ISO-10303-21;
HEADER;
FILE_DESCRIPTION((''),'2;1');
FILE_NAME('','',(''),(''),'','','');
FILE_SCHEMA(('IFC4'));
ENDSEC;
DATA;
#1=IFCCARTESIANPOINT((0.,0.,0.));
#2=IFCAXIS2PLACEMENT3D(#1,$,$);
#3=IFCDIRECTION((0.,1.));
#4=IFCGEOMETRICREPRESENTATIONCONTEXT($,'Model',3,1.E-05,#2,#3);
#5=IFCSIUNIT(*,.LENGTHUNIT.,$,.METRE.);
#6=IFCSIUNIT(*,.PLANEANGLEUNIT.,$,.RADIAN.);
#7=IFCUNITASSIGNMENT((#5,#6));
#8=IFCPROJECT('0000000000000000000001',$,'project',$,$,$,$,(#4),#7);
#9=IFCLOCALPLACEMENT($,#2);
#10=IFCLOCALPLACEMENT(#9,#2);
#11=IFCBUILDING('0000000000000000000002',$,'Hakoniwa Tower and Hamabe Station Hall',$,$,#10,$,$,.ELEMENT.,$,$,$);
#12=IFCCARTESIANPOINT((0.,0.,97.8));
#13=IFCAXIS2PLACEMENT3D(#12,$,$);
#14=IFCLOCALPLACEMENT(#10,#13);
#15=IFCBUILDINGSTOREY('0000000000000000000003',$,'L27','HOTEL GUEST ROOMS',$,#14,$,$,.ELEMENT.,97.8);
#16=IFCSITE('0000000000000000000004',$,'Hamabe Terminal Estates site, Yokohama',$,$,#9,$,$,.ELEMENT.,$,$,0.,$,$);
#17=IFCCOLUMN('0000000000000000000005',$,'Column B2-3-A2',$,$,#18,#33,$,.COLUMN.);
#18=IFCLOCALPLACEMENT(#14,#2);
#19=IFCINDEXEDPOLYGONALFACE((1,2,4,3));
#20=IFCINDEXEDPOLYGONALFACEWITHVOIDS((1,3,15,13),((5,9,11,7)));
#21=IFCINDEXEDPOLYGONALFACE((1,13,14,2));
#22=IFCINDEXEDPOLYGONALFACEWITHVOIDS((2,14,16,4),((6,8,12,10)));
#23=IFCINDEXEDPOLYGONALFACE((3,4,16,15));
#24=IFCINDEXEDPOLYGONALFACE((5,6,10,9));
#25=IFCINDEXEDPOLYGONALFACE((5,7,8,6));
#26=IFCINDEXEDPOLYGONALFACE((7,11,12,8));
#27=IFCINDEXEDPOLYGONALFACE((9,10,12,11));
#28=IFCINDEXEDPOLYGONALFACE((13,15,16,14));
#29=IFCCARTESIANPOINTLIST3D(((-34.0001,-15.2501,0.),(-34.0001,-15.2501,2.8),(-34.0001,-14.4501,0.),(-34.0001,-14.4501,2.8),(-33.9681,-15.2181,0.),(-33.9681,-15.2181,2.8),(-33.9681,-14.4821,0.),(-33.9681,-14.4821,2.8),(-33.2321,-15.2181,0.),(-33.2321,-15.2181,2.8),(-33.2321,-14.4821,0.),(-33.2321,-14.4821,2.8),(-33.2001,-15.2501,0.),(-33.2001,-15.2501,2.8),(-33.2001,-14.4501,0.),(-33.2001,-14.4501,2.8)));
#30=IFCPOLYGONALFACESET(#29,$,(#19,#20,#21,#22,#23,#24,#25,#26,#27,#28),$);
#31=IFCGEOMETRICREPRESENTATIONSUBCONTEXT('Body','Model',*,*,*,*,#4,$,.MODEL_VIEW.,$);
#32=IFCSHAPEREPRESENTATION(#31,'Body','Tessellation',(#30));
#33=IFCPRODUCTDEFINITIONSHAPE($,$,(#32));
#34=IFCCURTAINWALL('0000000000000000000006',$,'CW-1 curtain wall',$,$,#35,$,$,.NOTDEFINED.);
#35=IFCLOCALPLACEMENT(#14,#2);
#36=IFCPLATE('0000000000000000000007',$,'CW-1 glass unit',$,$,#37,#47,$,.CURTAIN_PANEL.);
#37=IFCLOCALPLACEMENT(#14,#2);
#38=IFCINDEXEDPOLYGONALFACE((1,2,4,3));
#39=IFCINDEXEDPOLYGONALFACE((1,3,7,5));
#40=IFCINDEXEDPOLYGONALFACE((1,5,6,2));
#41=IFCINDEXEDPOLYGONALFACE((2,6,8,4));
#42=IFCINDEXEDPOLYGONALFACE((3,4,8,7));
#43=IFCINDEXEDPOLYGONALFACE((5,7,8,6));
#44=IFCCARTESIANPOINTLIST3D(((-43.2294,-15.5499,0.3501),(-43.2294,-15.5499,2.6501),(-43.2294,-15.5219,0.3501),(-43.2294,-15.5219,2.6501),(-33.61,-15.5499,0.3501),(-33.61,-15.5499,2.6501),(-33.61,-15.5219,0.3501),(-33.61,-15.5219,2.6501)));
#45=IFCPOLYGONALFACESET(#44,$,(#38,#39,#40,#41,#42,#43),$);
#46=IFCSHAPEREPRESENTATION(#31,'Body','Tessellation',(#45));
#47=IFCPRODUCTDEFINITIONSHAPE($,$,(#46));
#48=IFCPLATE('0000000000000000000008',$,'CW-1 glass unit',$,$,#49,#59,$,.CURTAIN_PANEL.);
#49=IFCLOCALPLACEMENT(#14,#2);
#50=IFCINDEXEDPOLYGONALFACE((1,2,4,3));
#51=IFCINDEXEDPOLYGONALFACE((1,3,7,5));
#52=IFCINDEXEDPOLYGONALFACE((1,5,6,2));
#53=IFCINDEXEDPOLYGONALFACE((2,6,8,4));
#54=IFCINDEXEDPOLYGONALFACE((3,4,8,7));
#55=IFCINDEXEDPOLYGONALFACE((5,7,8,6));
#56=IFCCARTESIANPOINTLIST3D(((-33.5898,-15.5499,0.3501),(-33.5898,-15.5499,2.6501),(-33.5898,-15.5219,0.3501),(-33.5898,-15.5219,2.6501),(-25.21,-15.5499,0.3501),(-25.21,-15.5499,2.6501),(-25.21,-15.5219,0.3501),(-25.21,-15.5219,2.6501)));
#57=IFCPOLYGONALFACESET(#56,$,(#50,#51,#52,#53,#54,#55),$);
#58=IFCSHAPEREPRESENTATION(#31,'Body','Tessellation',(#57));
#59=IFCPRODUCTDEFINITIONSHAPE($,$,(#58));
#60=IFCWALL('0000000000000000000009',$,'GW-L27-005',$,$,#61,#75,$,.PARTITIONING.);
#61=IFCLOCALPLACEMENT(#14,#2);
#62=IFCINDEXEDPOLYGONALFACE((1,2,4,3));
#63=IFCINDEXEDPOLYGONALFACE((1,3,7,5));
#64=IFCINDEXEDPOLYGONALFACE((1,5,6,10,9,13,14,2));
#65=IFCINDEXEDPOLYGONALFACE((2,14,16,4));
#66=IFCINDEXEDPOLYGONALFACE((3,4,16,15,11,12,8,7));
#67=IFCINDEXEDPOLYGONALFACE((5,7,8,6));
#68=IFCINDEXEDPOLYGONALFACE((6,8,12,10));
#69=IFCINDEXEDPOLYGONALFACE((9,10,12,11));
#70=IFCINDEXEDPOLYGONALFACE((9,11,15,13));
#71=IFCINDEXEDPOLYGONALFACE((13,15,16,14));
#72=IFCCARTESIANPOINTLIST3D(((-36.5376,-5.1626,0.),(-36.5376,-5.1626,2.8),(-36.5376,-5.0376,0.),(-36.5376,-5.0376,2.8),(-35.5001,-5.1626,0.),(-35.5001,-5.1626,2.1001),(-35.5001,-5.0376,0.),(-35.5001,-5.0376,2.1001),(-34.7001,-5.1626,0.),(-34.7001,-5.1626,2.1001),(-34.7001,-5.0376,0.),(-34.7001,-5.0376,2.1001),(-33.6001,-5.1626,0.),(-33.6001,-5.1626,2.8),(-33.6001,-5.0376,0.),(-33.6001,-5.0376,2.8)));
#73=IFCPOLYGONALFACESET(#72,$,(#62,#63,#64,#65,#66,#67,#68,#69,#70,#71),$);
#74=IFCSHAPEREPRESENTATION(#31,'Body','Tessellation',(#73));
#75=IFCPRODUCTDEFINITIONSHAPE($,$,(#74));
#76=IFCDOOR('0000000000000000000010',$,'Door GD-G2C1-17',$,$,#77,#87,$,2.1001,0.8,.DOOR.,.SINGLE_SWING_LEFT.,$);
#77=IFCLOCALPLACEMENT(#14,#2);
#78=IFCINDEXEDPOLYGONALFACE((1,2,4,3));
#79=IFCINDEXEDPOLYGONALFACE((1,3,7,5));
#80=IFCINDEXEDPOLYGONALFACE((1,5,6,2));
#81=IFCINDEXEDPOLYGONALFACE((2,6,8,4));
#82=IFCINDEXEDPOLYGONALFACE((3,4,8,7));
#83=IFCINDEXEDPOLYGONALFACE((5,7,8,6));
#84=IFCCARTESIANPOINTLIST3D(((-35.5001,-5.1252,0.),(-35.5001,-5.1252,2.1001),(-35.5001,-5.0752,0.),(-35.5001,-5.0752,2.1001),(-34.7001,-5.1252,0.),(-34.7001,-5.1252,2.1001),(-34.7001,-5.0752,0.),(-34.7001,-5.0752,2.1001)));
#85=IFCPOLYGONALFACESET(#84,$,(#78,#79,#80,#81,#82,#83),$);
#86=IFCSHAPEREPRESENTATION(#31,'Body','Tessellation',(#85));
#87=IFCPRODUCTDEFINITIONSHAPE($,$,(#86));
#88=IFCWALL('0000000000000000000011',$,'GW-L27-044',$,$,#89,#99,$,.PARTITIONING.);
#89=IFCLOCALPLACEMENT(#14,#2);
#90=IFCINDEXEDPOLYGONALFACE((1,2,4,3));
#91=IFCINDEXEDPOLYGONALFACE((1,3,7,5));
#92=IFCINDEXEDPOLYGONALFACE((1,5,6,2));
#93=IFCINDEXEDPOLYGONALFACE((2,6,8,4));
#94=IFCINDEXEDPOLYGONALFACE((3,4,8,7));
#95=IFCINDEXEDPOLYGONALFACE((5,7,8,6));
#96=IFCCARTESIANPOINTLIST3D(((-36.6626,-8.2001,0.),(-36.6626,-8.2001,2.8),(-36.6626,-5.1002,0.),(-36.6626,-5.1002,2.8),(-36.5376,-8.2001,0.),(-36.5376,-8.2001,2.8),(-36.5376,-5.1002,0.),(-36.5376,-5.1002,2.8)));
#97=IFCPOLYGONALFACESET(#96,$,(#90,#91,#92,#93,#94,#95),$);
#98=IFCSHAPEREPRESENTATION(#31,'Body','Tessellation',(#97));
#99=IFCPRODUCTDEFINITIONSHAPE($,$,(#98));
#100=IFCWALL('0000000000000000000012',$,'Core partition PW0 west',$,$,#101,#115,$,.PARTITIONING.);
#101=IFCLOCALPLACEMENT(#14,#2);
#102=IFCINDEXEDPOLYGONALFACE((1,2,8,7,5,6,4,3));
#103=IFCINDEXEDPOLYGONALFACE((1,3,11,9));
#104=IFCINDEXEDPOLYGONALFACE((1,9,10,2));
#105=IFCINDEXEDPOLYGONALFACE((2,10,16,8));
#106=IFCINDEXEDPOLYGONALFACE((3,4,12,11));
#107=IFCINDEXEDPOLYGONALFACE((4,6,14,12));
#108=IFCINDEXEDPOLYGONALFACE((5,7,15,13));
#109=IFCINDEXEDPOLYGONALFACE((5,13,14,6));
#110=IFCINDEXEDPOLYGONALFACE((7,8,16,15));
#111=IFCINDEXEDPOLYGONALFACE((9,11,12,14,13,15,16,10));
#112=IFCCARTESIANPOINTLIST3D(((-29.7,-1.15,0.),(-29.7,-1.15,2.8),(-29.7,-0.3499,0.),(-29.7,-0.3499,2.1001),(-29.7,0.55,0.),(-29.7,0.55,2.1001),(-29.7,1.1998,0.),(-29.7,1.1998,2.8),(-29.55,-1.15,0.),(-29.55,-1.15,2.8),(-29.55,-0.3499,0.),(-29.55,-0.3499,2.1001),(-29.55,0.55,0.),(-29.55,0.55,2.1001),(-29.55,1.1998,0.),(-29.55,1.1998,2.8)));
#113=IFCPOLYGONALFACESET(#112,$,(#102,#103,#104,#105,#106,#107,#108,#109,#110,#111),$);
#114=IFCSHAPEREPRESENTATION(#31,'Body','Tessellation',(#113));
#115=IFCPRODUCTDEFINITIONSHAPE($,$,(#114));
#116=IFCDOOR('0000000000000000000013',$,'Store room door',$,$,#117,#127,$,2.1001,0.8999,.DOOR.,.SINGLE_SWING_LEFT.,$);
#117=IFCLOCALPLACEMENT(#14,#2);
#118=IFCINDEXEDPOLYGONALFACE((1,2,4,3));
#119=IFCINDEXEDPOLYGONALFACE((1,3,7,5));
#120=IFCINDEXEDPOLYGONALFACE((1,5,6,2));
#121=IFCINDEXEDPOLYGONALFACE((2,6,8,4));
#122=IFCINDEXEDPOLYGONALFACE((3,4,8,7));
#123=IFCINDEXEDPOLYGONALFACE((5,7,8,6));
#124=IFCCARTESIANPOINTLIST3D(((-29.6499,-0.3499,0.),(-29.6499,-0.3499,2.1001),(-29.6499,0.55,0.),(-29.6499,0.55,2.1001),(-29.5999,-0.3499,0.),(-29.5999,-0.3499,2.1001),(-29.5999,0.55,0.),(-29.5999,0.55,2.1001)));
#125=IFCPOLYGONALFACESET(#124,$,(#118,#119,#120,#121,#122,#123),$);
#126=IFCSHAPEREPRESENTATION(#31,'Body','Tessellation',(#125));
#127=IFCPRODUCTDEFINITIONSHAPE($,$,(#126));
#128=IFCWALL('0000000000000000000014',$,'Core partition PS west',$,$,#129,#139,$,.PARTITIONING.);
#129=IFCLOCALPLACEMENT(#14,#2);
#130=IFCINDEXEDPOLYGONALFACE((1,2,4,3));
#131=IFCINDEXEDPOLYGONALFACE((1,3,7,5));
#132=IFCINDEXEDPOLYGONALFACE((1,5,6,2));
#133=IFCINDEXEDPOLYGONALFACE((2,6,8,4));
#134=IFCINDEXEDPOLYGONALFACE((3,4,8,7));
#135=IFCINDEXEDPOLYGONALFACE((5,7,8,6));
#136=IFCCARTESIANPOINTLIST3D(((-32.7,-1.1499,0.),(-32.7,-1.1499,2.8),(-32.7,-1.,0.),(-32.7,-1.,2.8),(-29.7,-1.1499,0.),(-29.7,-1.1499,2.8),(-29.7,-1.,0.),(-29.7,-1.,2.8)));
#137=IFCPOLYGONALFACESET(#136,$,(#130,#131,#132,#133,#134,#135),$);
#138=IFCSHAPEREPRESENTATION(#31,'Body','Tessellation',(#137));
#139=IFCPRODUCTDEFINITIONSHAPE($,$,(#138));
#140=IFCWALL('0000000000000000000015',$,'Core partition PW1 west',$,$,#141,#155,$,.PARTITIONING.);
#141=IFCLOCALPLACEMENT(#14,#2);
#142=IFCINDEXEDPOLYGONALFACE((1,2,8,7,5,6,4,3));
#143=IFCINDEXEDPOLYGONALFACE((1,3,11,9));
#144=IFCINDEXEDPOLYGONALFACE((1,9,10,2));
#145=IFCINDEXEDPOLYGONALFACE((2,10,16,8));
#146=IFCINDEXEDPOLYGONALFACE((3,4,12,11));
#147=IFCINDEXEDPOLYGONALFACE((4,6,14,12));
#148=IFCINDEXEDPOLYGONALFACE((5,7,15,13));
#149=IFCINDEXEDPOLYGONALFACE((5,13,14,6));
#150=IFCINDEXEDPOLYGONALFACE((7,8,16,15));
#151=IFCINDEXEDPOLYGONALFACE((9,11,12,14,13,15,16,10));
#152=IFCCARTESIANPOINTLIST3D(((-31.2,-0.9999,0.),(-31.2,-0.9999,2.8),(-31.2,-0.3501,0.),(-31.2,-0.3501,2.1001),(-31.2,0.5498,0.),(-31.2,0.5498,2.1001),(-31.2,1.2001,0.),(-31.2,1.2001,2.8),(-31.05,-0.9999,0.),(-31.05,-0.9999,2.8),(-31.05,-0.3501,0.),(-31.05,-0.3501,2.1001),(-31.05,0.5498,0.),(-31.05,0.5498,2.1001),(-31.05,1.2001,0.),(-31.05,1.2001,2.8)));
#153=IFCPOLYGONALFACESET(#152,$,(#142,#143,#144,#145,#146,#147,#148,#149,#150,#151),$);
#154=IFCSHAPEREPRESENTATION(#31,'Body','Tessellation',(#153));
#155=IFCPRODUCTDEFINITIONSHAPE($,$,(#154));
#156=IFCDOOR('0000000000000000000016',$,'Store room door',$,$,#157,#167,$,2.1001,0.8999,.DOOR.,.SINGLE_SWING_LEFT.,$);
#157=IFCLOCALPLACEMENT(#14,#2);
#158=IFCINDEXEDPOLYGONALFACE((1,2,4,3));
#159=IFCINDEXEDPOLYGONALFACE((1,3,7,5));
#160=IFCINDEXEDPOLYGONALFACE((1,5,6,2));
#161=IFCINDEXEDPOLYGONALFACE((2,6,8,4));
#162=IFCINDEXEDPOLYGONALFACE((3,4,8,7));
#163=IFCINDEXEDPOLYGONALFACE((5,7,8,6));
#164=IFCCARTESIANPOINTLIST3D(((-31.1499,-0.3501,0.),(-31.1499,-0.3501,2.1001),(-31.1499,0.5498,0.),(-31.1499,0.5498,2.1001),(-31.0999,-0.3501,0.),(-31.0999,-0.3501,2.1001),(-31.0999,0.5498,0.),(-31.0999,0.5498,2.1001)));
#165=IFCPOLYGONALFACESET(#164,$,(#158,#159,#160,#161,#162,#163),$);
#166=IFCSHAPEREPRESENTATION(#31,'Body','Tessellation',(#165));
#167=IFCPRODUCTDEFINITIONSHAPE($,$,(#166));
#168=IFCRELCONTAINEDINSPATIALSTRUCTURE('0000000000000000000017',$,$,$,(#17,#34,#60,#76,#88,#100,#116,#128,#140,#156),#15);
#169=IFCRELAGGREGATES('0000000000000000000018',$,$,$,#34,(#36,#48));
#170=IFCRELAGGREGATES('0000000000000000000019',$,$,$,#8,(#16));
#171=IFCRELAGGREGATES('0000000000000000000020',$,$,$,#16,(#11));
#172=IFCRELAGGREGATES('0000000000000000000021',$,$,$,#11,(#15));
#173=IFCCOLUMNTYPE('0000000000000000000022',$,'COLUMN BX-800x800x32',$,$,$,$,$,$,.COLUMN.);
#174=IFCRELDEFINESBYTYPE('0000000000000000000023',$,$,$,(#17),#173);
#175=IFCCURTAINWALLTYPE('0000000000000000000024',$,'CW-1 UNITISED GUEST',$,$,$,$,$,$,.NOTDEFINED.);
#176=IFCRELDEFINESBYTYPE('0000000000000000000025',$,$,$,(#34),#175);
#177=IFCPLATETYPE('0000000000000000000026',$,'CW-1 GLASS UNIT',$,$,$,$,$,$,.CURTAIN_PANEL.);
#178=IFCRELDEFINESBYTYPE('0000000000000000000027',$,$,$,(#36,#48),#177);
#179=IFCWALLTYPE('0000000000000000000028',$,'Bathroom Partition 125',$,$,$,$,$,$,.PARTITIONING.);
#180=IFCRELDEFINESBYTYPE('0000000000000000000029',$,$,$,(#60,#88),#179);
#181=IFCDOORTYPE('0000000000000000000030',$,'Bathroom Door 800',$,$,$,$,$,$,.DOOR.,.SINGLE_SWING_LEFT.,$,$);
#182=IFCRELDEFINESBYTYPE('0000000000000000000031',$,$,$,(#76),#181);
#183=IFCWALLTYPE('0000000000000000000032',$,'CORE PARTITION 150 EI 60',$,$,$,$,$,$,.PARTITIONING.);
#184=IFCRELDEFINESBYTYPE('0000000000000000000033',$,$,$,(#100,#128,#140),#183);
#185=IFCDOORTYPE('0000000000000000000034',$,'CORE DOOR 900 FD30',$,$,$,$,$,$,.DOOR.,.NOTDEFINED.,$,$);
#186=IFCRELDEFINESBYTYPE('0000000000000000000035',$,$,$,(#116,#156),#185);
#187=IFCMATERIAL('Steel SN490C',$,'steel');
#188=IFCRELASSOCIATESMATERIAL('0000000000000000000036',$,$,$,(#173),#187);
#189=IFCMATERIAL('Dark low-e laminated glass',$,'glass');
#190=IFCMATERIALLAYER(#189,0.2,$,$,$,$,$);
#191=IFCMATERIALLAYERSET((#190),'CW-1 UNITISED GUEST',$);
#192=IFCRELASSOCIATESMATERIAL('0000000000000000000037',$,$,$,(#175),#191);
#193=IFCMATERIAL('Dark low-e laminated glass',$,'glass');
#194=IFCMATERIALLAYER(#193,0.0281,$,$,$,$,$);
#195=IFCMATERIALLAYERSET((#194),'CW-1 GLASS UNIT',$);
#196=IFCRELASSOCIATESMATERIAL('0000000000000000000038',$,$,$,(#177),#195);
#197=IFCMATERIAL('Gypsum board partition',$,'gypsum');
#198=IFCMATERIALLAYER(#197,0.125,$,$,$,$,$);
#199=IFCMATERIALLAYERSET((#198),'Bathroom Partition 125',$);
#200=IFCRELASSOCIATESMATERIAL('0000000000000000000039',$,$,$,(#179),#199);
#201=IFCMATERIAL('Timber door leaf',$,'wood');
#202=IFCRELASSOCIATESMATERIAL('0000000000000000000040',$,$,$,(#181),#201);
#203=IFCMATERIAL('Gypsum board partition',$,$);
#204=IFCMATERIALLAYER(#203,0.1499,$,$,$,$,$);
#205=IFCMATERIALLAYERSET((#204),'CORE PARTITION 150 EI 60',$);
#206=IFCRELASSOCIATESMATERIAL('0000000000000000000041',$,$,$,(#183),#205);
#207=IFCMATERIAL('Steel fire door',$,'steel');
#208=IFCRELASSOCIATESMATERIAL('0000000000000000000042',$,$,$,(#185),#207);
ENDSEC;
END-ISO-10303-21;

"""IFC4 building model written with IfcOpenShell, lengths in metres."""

from ifc_helpers import new_model, si_unit, direction, frame, frame_2d, origin, origin_2d, place, context, subcontext, project, spatial, rectangle, hollow_rectangle, extrude, material, layer, layer_set, material_profile, profile_set, type_object, element, fill, aggregate, save


model = new_model("IFC4")

# Units and contexts
model_context = context("Model", 3, precision=1e-05, world=origin(), true_north=direction((0.0, 1.0)))
body_context = subcontext(model_context, "Body", "Model", "MODEL_VIEW")
ifc_project = project(units=[si_unit("LENGTHUNIT", "METRE"), si_unit("PLANEANGLEUNIT", "RADIAN")], contexts=[model_context])

# Site, building, storey
site_placement = place(None, origin())
site = spatial("IfcSite", under=ifc_project, at=site_placement, Name="Hamabe Terminal Estates site, Yokohama", CompositionType="ELEMENT", RefElevation=0.0)
building_placement = place(site_placement, origin())
building = spatial("IfcBuilding", under=site, at=building_placement, Name="Hakoniwa Tower and Hamabe Station Hall", CompositionType="ELEMENT")
storey_placement = place(building_placement, frame((0.0, 0.0, 97.8)))
storey = spatial("IfcBuildingStorey", under=building, at=storey_placement, Name="L27", Description="HOTEL GUEST ROOMS", CompositionType="ELEMENT", Elevation=97.8)

# Column
ifc_material_1 = material(Name="Steel SN490C", Category="steel")
ifc_material_profile = material_profile(ifc_material_1, hollow_rectangle(XDim=0.8, YDim=0.8, WallThickness=0.032, at=origin_2d()), Name="BX-800x800x32")
ifc_profile_set = profile_set([ifc_material_profile], Name="Steel SN490C")
column_type = type_object("IfcColumnType", Name="COLUMN BX-800x800x32", PredefinedType="COLUMN", material=ifc_profile_set)
column_placement = place(storey_placement, frame((-33.6001, -14.8501, 0.0), z_axis=(0.0, 0.0, 1.0), x_axis=(1.0, 0.0, 0.0)))
element("IfcColumn", 1, at=column_placement, inside=storey, type_object=column_type, Name="Column B2-3-A2", PredefinedType="COLUMN", context=body_context, shape_type="SweptSolid", body=[
    extrude(hollow_rectangle(XDim=0.8, YDim=0.8, WallThickness=0.032, at=origin_2d()), origin(), (0.0, 0.0, 1.0), 2.8),
])

# Curtain wall, plates
ifc_material_2 = material(Name="Dark low-e laminated glass", Category="glass")
ifc_layer_1 = layer(ifc_material_2, 0.2)
ifc_layer_set_1 = layer_set([ifc_layer_1], Name="CW-1 UNITISED GUEST")
curtain_wall_type = type_object("IfcCurtainWallType", Name="CW-1 UNITISED GUEST", PredefinedType="NOTDEFINED", material=ifc_layer_set_1)
curtain_wall_placement = place(storey_placement, origin())
curtain_wall = element("IfcCurtainWall", 2, at=curtain_wall_placement, inside=storey, type_object=curtain_wall_type, Name="CW-1 curtain wall", PredefinedType="NOTDEFINED")
ifc_material_3 = material(Name="Dark low-e laminated glass", Category="glass")
ifc_layer_2 = layer(ifc_material_3, 0.0281)
ifc_layer_set_2 = layer_set([ifc_layer_2], Name="CW-1 GLASS UNIT")
plate_type = type_object("IfcPlateType", Name="CW-1 GLASS UNIT", PredefinedType="CURTAIN_PANEL", material=ifc_layer_set_2)
plate_1_placement = place(storey_placement, frame((-38.4197, -15.5359, 0.3501), z_axis=(0.0, 0.0, 1.0), x_axis=(1.0, 0.0, 0.0)))
plate_1 = element("IfcPlate", 3, at=plate_1_placement, type_object=plate_type, Name="CW-1 glass unit", PredefinedType="CURTAIN_PANEL", context=body_context, shape_type="SweptSolid", body=[
    extrude(rectangle(XDim=9.6194, YDim=0.0281, at=origin_2d()), origin(), (0.0, 0.0, 1.0), 2.3),
])
plate_2_placement = place(storey_placement, frame((-29.3999, -15.5359, 0.3501), z_axis=(0.0, 0.0, 1.0), x_axis=(1.0, 0.0, 0.0)))
plate_2 = element("IfcPlate", 4, at=plate_2_placement, type_object=plate_type, Name="CW-1 glass unit", PredefinedType="CURTAIN_PANEL", context=body_context, shape_type="SweptSolid", body=[
    extrude(rectangle(XDim=8.3799, YDim=0.0281, at=origin_2d()), origin(), (0.0, 0.0, 1.0), 2.3),
])
aggregate(curtain_wall, [plate_1, plate_2])

# Wall, opening, door
ifc_material_4 = material(Name="Gypsum board partition", Category="gypsum")
ifc_layer_3 = layer(ifc_material_4, 0.125)
ifc_layer_set_3 = layer_set([ifc_layer_3], Name="Bathroom Partition 125")
wall_type_1 = type_object("IfcWallType", Name="Bathroom Partition 125", PredefinedType="PARTITIONING", material=ifc_layer_set_3)
wall_1_placement = place(storey_placement, frame((-36.5376, -5.1001, 0.0), z_axis=(0.0, 0.0, 1.0), x_axis=(1.0, 0.0, 0.0)))
wall_1 = element("IfcWall", 5, at=wall_1_placement, inside=storey, type_object=wall_type_1, Name="GW-L27-005", PredefinedType="PARTITIONING", context=body_context, shape_type="SweptSolid", body=[
    extrude(rectangle(XDim=2.9375, YDim=0.125, at=frame_2d((1.4688, 0.0))), origin(), (0.0, 0.0, 1.0), 2.8),
])
opening_1_placement = place(wall_1_placement, frame((1.0376, 0.0, 0.0)))
opening_1 = element("IfcOpeningElement", 6, at=opening_1_placement, cuts=wall_1, PredefinedType="OPENING", context=body_context, shape_type="SweptSolid", body=[
    extrude(rectangle(XDim=0.8, YDim=2.1001, at=frame_2d((0.3999, 1.05))), frame((0.0, 0.0725, 0.0), z_axis=(0.0, -1.0, 0.0), x_axis=(1.0, 0.0, 0.0)), (0.0, 0.0, 1.0), 0.145),
])
ifc_material_5 = material(Name="Timber door leaf", Category="wood")
door_type_1 = type_object("IfcDoorType", Name="Bathroom Door 800", OperationType="SINGLE_SWING_LEFT", PredefinedType="DOOR", material=ifc_material_5)
door_1_placement = place(opening_1_placement, origin())
door_1 = element("IfcDoor", 7, at=door_1_placement, inside=storey, type_object=door_type_1, Name="Door GD-G2C1-17", OperationType="SINGLE_SWING_LEFT", OverallHeight=2.1001, OverallWidth=0.8, PredefinedType="DOOR", context=body_context, shape_type="SweptSolid", body=[
    extrude(rectangle(XDim=0.8, YDim=2.1001, at=frame_2d((0.3999, 1.05))), frame((0.0, 0.0249, 0.0), z_axis=(0.0, -1.0, 0.0), x_axis=(1.0, 0.0, 0.0)), (0.0, 0.0, 1.0), 0.05),
])
fill(opening_1, door_1)

# Wall
wall_2_placement = place(storey_placement, frame((-36.6001, -8.2, 0.0), z_axis=(0.0, 0.0, 1.0), x_axis=(0.0, 1.0, 0.0)))
element("IfcWall", 8, at=wall_2_placement, inside=storey, type_object=wall_type_1, Name="GW-L27-044", PredefinedType="PARTITIONING", context=body_context, shape_type="SweptSolid", body=[
    extrude(rectangle(XDim=3.0999, YDim=0.125, at=frame_2d((1.5498, 0.0))), origin(), (0.0, 0.0, 1.0), 2.8),
])

# Wall, opening, door
ifc_material_6 = material(Name="Gypsum board partition")
ifc_layer_4 = layer(ifc_material_6, 0.1499)
ifc_layer_set_4 = layer_set([ifc_layer_4], Name="CORE PARTITION 150 EI 60")
wall_type_2 = type_object("IfcWallType", Name="CORE PARTITION 150 EI 60", PredefinedType="PARTITIONING", material=ifc_layer_set_4)
wall_3_placement = place(storey_placement, frame((-29.625, -1.1499, 0.0), z_axis=(0.0, 0.0, 1.0), x_axis=(0.0, 1.0, 0.0)))
wall_3 = element("IfcWall", 9, at=wall_3_placement, inside=storey, type_object=wall_type_2, Name="Core partition PW0 west", PredefinedType="PARTITIONING", context=body_context, shape_type="SweptSolid", body=[
    extrude(rectangle(XDim=2.3499, YDim=0.1499, at=frame_2d((1.1748, 0.0))), origin(), (0.0, 0.0, 1.0), 2.8),
])
opening_2_placement = place(wall_3_placement, frame((0.8, 0.0, 0.0)))
opening_2 = element("IfcOpeningElement", 10, at=opening_2_placement, cuts=wall_3, PredefinedType="OPENING", context=body_context, shape_type="SweptSolid", body=[
    extrude(rectangle(XDim=0.8999, YDim=2.1001, at=frame_2d((0.45, 1.05))), frame((0.0, 0.085, 0.0), z_axis=(0.0, -1.0, 0.0), x_axis=(1.0, 0.0, 0.0)), (0.0, 0.0, 1.0), 0.1699),
])
ifc_material_7 = material(Name="Steel fire door", Category="steel")
door_type_2 = type_object("IfcDoorType", Name="CORE DOOR 900 FD30", OperationType="NOTDEFINED", PredefinedType="DOOR", material=ifc_material_7)
door_2_placement = place(opening_2_placement, origin())
door_2 = element("IfcDoor", 11, at=door_2_placement, inside=storey, type_object=door_type_2, Name="Store room door", OperationType="SINGLE_SWING_LEFT", OverallHeight=2.1001, OverallWidth=0.8999, PredefinedType="DOOR", context=body_context, shape_type="SweptSolid", body=[
    extrude(rectangle(XDim=0.8999, YDim=2.1001, at=frame_2d((0.45, 1.05))), frame((0.0, 0.0249, 0.0), z_axis=(0.0, -1.0, 0.0), x_axis=(1.0, 0.0, 0.0)), (0.0, 0.0, 1.0), 0.05),
])
fill(opening_2, door_2)

# Wall
wall_4_placement = place(storey_placement, frame((-32.7, -1.075, 0.0), z_axis=(0.0, 0.0, 1.0), x_axis=(1.0, 0.0, 0.0)))
element("IfcWall", 12, at=wall_4_placement, inside=storey, type_object=wall_type_2, Name="Core partition PS west", PredefinedType="PARTITIONING", context=body_context, shape_type="SweptSolid", body=[
    extrude(rectangle(XDim=3.0, YDim=0.1499, at=frame_2d((1.5, 0.0))), origin(), (0.0, 0.0, 1.0), 2.8),
])

# Wall, opening, door
wall_5_placement = place(storey_placement, frame((-31.125, -1.0, 0.0), z_axis=(0.0, 0.0, 1.0), x_axis=(0.0, 1.0, 0.0)))
wall_5 = element("IfcWall", 13, at=wall_5_placement, inside=storey, type_object=wall_type_2, Name="Core partition PW1 west", PredefinedType="PARTITIONING", context=body_context, shape_type="SweptSolid", body=[
    extrude(rectangle(XDim=2.2, YDim=0.1499, at=frame_2d((1.1001, 0.0))), origin(), (0.0, 0.0, 1.0), 2.8),
])
opening_3_placement = place(wall_5_placement, frame((0.6499, 0.0, 0.0)))
opening_3 = element("IfcOpeningElement", 14, at=opening_3_placement, cuts=wall_5, PredefinedType="OPENING", context=body_context, shape_type="SweptSolid", body=[
    extrude(rectangle(XDim=0.8999, YDim=2.1001, at=frame_2d((0.45, 1.05))), frame((0.0, 0.085, 0.0), z_axis=(0.0, -1.0, 0.0), x_axis=(1.0, 0.0, 0.0)), (0.0, 0.0, 1.0), 0.1699),
])
door_3_placement = place(opening_3_placement, origin())
door_3 = element("IfcDoor", 15, at=door_3_placement, inside=storey, type_object=door_type_2, Name="Store room door", OperationType="SINGLE_SWING_LEFT", OverallHeight=2.1001, OverallWidth=0.8999, PredefinedType="DOOR", context=body_context, shape_type="SweptSolid", body=[
    extrude(rectangle(XDim=0.8999, YDim=2.1001, at=frame_2d((0.45, 1.05))), frame((0.0, 0.0249, 0.0), z_axis=(0.0, -1.0, 0.0), x_axis=(1.0, 0.0, 0.0)), (0.0, 0.0, 1.0), 0.05),
])
fill(opening_3, door_3)

save(model, "model.ifc")
